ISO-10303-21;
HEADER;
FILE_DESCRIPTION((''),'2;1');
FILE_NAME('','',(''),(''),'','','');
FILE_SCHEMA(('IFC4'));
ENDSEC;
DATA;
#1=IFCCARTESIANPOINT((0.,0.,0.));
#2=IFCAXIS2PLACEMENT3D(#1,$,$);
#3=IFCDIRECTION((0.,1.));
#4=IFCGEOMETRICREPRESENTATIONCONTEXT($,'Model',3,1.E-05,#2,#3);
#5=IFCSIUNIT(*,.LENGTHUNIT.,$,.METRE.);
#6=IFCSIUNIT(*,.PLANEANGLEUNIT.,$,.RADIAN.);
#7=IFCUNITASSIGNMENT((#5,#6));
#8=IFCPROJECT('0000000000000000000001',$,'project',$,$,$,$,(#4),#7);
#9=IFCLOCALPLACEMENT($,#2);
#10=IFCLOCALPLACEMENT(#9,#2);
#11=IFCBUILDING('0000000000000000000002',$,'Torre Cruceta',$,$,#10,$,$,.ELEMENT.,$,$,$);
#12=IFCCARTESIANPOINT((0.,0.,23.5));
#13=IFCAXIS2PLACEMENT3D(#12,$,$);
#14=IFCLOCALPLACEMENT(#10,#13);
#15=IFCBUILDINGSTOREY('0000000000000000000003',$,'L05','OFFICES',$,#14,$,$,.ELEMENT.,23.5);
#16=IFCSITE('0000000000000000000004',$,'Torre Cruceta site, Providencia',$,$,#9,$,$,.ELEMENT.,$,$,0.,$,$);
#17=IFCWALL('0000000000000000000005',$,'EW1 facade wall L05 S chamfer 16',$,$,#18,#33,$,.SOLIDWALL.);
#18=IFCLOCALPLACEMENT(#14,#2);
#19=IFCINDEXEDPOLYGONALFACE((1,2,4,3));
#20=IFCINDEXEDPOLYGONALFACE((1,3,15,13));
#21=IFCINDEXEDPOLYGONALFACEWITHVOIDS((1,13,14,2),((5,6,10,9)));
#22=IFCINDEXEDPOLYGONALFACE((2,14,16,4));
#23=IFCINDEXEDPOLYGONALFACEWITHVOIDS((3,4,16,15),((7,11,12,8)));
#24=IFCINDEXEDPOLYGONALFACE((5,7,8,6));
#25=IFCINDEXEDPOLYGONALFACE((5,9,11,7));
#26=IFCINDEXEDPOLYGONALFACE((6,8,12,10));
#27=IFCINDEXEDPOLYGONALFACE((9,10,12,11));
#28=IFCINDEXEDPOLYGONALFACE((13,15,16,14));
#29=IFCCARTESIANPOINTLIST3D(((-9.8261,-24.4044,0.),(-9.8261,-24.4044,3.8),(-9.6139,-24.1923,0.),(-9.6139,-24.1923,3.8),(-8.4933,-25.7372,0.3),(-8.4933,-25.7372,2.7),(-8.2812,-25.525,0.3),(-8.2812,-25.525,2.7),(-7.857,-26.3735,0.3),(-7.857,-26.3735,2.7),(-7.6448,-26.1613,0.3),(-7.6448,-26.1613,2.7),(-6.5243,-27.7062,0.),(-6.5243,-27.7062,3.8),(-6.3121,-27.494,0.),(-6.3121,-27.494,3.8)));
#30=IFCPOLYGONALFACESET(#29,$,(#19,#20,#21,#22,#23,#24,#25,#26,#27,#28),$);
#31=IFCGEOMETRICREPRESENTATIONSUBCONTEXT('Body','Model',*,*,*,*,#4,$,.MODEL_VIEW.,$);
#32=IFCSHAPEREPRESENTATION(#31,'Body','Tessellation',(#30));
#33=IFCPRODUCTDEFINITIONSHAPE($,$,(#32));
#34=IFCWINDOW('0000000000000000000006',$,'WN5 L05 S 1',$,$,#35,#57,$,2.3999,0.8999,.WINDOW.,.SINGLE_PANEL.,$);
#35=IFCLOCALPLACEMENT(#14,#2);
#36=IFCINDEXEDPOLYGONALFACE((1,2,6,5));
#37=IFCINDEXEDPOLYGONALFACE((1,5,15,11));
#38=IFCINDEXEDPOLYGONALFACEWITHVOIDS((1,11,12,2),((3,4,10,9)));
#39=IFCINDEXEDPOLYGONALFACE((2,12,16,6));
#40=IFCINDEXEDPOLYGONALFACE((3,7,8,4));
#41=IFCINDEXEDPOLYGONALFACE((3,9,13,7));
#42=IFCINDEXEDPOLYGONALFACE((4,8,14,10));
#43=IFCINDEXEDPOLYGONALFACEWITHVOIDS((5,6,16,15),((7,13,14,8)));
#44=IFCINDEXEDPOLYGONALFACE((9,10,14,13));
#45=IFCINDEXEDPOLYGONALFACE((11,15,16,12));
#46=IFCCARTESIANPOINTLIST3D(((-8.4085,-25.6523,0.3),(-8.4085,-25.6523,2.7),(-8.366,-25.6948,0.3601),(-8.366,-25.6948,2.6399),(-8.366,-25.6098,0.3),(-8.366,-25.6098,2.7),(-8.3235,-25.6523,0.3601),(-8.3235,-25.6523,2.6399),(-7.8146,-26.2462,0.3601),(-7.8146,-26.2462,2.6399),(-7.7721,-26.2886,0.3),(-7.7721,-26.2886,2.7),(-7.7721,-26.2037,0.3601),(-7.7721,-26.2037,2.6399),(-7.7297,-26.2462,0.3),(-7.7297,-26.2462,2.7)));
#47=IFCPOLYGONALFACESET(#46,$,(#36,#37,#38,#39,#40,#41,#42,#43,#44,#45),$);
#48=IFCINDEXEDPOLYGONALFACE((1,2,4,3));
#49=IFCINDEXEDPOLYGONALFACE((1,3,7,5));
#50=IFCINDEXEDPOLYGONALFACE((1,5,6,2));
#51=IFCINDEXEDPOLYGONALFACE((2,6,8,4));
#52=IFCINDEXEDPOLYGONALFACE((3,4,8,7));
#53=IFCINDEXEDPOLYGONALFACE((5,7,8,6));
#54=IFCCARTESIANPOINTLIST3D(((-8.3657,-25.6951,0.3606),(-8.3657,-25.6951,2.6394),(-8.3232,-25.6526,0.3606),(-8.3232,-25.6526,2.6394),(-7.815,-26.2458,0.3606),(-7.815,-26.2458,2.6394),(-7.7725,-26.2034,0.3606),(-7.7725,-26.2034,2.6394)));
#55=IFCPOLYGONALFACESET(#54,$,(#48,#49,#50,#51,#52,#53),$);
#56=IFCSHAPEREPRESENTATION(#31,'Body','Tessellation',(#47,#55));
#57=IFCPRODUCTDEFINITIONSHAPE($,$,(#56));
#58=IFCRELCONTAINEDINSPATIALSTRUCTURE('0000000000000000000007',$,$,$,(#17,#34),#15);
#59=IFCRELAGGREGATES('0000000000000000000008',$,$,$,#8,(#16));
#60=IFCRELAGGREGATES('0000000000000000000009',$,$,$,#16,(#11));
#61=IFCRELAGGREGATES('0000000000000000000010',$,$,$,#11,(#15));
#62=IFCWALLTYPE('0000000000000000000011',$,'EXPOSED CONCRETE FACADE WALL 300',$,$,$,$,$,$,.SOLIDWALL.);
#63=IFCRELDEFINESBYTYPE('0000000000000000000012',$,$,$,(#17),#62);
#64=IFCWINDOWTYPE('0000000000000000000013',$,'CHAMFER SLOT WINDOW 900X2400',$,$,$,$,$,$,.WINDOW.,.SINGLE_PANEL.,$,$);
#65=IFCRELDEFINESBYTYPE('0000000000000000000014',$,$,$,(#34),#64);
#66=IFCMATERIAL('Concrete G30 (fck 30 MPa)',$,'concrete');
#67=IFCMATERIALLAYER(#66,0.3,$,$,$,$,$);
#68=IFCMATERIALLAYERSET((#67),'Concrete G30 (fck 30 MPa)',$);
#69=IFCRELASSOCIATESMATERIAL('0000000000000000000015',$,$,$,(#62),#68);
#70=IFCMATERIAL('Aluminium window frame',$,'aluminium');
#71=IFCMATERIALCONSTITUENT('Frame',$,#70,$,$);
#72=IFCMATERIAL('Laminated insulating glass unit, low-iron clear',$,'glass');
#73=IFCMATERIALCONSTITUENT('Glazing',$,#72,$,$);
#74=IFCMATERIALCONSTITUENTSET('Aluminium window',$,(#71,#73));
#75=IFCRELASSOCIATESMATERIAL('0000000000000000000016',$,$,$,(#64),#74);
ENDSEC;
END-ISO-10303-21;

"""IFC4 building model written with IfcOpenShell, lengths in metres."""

from ifc_helpers import new_model, si_unit, direction, frame, frame_2d, origin, place, context, subcontext, project, spatial, rectangle, hollow_rectangle, extrude, material, layer, layer_set, constituent, constituent_set, type_object, element, fill, save


model = new_model("IFC4")

# Units and contexts
model_context = context("Model", 3, precision=1e-05, world=origin(), true_north=direction((0.0, 1.0)))
body_context = subcontext(model_context, "Body", "Model", "MODEL_VIEW")
ifc_project = project(units=[si_unit("LENGTHUNIT", "METRE"), si_unit("PLANEANGLEUNIT", "RADIAN")], contexts=[model_context])

# Site, building, storey
site_placement = place(None, origin())
site = spatial("IfcSite", under=ifc_project, at=site_placement, Name="Torre Cruceta site, Providencia", CompositionType="ELEMENT", RefElevation=0.0)
building_placement = place(site_placement, origin())
building = spatial("IfcBuilding", under=site, at=building_placement, Name="Torre Cruceta", CompositionType="ELEMENT")
storey_placement = place(building_placement, frame((0.0, 0.0, 23.5)))
storey = spatial("IfcBuildingStorey", under=building, at=storey_placement, Name="L05", Description="OFFICES", CompositionType="ELEMENT", Elevation=23.5)

# Wall, opening, window
ifc_material_1 = material(Name="Concrete G30 (fck 30 MPa)", Category="concrete")
ifc_layer_1 = layer(ifc_material_1, 0.3)
ifc_layer_set_1 = layer_set([ifc_layer_1], Name="Concrete G30 (fck 30 MPa)")
wall_type = type_object("IfcWallType", Name="EXPOSED CONCRETE FACADE WALL 300", PredefinedType="SOLIDWALL", material=ifc_layer_set_1)
wall_placement = place(storey_placement, frame((-9.72, -24.2983, 0.0), z_axis=(0.0, 0.0, 1.0), x_axis=(0.707107, -0.707107, 0.0)))
wall = element("IfcWall", 1, at=wall_placement, inside=storey, type_object=wall_type, Name="EW1 facade wall L05 S chamfer 16", PredefinedType="SOLIDWALL", context=body_context, shape_type="SweptSolid", body=[
    extrude(rectangle(XDim=4.6694, YDim=0.3, at=frame_2d((2.3347, 0.0))), origin(), (0.0, 0.0, 1.0), 3.8),
])
opening_placement = place(wall_placement, frame((1.8848, 0.0, 0.3)))
opening = element("IfcOpeningElement", 2, at=opening_placement, cuts=wall, PredefinedType="OPENING", context=body_context, shape_type="SweptSolid", body=[
    extrude(rectangle(XDim=0.8999, YDim=2.3999, at=frame_2d((0.45, 1.2))), frame((0.0, 0.1599, 0.0), z_axis=(0.0, -1.0, 0.0), x_axis=(1.0, 0.0, 0.0)), (0.0, 0.0, 1.0), 0.3201),
])
ifc_material_2 = material(Name="Aluminium window frame", Category="aluminium")
ifc_constituent_1 = constituent(ifc_material_2, Name="Frame")
ifc_material_3 = material(Name="Laminated insulating glass unit, low-iron clear", Category="glass")
ifc_constituent_2 = constituent(ifc_material_3, Name="Glazing")
ifc_constituent_set = constituent_set(constituents=[ifc_constituent_1, ifc_constituent_2], Name="Aluminium window")
window_type = type_object("IfcWindowType", Name="CHAMFER SLOT WINDOW 900X2400", PartitioningType="SINGLE_PANEL", PredefinedType="WINDOW", material=ifc_constituent_set)
window_placement = place(opening_placement, origin())
window = element("IfcWindow", 3, at=window_placement, inside=storey, type_object=window_type, Name="WN5 L05 S 1", OverallHeight=2.3999, OverallWidth=0.8999, PartitioningType="SINGLE_PANEL", PredefinedType="WINDOW", context=body_context, shape_type="SweptSolid", body=[
    extrude(hollow_rectangle(XDim=0.8999, YDim=2.3999, WallThickness=0.0601, at=frame_2d((0.45, 1.2))), frame((0.0, 0.03, 0.0), z_axis=(0.0, -1.0, 0.0), x_axis=(1.0, 0.0, 0.0)), (0.0, 0.0, 1.0), 0.0601),
    extrude(rectangle(XDim=0.7788, YDim=2.2788, at=frame_2d((0.45, 1.2))), frame((0.0, 0.03, 0.0), z_axis=(0.0, -1.0, 0.0), x_axis=(1.0, 0.0, 0.0)), (0.0, 0.0, 1.0), 0.0601),
])
fill(opening, window)

save(model, "model.ifc")
